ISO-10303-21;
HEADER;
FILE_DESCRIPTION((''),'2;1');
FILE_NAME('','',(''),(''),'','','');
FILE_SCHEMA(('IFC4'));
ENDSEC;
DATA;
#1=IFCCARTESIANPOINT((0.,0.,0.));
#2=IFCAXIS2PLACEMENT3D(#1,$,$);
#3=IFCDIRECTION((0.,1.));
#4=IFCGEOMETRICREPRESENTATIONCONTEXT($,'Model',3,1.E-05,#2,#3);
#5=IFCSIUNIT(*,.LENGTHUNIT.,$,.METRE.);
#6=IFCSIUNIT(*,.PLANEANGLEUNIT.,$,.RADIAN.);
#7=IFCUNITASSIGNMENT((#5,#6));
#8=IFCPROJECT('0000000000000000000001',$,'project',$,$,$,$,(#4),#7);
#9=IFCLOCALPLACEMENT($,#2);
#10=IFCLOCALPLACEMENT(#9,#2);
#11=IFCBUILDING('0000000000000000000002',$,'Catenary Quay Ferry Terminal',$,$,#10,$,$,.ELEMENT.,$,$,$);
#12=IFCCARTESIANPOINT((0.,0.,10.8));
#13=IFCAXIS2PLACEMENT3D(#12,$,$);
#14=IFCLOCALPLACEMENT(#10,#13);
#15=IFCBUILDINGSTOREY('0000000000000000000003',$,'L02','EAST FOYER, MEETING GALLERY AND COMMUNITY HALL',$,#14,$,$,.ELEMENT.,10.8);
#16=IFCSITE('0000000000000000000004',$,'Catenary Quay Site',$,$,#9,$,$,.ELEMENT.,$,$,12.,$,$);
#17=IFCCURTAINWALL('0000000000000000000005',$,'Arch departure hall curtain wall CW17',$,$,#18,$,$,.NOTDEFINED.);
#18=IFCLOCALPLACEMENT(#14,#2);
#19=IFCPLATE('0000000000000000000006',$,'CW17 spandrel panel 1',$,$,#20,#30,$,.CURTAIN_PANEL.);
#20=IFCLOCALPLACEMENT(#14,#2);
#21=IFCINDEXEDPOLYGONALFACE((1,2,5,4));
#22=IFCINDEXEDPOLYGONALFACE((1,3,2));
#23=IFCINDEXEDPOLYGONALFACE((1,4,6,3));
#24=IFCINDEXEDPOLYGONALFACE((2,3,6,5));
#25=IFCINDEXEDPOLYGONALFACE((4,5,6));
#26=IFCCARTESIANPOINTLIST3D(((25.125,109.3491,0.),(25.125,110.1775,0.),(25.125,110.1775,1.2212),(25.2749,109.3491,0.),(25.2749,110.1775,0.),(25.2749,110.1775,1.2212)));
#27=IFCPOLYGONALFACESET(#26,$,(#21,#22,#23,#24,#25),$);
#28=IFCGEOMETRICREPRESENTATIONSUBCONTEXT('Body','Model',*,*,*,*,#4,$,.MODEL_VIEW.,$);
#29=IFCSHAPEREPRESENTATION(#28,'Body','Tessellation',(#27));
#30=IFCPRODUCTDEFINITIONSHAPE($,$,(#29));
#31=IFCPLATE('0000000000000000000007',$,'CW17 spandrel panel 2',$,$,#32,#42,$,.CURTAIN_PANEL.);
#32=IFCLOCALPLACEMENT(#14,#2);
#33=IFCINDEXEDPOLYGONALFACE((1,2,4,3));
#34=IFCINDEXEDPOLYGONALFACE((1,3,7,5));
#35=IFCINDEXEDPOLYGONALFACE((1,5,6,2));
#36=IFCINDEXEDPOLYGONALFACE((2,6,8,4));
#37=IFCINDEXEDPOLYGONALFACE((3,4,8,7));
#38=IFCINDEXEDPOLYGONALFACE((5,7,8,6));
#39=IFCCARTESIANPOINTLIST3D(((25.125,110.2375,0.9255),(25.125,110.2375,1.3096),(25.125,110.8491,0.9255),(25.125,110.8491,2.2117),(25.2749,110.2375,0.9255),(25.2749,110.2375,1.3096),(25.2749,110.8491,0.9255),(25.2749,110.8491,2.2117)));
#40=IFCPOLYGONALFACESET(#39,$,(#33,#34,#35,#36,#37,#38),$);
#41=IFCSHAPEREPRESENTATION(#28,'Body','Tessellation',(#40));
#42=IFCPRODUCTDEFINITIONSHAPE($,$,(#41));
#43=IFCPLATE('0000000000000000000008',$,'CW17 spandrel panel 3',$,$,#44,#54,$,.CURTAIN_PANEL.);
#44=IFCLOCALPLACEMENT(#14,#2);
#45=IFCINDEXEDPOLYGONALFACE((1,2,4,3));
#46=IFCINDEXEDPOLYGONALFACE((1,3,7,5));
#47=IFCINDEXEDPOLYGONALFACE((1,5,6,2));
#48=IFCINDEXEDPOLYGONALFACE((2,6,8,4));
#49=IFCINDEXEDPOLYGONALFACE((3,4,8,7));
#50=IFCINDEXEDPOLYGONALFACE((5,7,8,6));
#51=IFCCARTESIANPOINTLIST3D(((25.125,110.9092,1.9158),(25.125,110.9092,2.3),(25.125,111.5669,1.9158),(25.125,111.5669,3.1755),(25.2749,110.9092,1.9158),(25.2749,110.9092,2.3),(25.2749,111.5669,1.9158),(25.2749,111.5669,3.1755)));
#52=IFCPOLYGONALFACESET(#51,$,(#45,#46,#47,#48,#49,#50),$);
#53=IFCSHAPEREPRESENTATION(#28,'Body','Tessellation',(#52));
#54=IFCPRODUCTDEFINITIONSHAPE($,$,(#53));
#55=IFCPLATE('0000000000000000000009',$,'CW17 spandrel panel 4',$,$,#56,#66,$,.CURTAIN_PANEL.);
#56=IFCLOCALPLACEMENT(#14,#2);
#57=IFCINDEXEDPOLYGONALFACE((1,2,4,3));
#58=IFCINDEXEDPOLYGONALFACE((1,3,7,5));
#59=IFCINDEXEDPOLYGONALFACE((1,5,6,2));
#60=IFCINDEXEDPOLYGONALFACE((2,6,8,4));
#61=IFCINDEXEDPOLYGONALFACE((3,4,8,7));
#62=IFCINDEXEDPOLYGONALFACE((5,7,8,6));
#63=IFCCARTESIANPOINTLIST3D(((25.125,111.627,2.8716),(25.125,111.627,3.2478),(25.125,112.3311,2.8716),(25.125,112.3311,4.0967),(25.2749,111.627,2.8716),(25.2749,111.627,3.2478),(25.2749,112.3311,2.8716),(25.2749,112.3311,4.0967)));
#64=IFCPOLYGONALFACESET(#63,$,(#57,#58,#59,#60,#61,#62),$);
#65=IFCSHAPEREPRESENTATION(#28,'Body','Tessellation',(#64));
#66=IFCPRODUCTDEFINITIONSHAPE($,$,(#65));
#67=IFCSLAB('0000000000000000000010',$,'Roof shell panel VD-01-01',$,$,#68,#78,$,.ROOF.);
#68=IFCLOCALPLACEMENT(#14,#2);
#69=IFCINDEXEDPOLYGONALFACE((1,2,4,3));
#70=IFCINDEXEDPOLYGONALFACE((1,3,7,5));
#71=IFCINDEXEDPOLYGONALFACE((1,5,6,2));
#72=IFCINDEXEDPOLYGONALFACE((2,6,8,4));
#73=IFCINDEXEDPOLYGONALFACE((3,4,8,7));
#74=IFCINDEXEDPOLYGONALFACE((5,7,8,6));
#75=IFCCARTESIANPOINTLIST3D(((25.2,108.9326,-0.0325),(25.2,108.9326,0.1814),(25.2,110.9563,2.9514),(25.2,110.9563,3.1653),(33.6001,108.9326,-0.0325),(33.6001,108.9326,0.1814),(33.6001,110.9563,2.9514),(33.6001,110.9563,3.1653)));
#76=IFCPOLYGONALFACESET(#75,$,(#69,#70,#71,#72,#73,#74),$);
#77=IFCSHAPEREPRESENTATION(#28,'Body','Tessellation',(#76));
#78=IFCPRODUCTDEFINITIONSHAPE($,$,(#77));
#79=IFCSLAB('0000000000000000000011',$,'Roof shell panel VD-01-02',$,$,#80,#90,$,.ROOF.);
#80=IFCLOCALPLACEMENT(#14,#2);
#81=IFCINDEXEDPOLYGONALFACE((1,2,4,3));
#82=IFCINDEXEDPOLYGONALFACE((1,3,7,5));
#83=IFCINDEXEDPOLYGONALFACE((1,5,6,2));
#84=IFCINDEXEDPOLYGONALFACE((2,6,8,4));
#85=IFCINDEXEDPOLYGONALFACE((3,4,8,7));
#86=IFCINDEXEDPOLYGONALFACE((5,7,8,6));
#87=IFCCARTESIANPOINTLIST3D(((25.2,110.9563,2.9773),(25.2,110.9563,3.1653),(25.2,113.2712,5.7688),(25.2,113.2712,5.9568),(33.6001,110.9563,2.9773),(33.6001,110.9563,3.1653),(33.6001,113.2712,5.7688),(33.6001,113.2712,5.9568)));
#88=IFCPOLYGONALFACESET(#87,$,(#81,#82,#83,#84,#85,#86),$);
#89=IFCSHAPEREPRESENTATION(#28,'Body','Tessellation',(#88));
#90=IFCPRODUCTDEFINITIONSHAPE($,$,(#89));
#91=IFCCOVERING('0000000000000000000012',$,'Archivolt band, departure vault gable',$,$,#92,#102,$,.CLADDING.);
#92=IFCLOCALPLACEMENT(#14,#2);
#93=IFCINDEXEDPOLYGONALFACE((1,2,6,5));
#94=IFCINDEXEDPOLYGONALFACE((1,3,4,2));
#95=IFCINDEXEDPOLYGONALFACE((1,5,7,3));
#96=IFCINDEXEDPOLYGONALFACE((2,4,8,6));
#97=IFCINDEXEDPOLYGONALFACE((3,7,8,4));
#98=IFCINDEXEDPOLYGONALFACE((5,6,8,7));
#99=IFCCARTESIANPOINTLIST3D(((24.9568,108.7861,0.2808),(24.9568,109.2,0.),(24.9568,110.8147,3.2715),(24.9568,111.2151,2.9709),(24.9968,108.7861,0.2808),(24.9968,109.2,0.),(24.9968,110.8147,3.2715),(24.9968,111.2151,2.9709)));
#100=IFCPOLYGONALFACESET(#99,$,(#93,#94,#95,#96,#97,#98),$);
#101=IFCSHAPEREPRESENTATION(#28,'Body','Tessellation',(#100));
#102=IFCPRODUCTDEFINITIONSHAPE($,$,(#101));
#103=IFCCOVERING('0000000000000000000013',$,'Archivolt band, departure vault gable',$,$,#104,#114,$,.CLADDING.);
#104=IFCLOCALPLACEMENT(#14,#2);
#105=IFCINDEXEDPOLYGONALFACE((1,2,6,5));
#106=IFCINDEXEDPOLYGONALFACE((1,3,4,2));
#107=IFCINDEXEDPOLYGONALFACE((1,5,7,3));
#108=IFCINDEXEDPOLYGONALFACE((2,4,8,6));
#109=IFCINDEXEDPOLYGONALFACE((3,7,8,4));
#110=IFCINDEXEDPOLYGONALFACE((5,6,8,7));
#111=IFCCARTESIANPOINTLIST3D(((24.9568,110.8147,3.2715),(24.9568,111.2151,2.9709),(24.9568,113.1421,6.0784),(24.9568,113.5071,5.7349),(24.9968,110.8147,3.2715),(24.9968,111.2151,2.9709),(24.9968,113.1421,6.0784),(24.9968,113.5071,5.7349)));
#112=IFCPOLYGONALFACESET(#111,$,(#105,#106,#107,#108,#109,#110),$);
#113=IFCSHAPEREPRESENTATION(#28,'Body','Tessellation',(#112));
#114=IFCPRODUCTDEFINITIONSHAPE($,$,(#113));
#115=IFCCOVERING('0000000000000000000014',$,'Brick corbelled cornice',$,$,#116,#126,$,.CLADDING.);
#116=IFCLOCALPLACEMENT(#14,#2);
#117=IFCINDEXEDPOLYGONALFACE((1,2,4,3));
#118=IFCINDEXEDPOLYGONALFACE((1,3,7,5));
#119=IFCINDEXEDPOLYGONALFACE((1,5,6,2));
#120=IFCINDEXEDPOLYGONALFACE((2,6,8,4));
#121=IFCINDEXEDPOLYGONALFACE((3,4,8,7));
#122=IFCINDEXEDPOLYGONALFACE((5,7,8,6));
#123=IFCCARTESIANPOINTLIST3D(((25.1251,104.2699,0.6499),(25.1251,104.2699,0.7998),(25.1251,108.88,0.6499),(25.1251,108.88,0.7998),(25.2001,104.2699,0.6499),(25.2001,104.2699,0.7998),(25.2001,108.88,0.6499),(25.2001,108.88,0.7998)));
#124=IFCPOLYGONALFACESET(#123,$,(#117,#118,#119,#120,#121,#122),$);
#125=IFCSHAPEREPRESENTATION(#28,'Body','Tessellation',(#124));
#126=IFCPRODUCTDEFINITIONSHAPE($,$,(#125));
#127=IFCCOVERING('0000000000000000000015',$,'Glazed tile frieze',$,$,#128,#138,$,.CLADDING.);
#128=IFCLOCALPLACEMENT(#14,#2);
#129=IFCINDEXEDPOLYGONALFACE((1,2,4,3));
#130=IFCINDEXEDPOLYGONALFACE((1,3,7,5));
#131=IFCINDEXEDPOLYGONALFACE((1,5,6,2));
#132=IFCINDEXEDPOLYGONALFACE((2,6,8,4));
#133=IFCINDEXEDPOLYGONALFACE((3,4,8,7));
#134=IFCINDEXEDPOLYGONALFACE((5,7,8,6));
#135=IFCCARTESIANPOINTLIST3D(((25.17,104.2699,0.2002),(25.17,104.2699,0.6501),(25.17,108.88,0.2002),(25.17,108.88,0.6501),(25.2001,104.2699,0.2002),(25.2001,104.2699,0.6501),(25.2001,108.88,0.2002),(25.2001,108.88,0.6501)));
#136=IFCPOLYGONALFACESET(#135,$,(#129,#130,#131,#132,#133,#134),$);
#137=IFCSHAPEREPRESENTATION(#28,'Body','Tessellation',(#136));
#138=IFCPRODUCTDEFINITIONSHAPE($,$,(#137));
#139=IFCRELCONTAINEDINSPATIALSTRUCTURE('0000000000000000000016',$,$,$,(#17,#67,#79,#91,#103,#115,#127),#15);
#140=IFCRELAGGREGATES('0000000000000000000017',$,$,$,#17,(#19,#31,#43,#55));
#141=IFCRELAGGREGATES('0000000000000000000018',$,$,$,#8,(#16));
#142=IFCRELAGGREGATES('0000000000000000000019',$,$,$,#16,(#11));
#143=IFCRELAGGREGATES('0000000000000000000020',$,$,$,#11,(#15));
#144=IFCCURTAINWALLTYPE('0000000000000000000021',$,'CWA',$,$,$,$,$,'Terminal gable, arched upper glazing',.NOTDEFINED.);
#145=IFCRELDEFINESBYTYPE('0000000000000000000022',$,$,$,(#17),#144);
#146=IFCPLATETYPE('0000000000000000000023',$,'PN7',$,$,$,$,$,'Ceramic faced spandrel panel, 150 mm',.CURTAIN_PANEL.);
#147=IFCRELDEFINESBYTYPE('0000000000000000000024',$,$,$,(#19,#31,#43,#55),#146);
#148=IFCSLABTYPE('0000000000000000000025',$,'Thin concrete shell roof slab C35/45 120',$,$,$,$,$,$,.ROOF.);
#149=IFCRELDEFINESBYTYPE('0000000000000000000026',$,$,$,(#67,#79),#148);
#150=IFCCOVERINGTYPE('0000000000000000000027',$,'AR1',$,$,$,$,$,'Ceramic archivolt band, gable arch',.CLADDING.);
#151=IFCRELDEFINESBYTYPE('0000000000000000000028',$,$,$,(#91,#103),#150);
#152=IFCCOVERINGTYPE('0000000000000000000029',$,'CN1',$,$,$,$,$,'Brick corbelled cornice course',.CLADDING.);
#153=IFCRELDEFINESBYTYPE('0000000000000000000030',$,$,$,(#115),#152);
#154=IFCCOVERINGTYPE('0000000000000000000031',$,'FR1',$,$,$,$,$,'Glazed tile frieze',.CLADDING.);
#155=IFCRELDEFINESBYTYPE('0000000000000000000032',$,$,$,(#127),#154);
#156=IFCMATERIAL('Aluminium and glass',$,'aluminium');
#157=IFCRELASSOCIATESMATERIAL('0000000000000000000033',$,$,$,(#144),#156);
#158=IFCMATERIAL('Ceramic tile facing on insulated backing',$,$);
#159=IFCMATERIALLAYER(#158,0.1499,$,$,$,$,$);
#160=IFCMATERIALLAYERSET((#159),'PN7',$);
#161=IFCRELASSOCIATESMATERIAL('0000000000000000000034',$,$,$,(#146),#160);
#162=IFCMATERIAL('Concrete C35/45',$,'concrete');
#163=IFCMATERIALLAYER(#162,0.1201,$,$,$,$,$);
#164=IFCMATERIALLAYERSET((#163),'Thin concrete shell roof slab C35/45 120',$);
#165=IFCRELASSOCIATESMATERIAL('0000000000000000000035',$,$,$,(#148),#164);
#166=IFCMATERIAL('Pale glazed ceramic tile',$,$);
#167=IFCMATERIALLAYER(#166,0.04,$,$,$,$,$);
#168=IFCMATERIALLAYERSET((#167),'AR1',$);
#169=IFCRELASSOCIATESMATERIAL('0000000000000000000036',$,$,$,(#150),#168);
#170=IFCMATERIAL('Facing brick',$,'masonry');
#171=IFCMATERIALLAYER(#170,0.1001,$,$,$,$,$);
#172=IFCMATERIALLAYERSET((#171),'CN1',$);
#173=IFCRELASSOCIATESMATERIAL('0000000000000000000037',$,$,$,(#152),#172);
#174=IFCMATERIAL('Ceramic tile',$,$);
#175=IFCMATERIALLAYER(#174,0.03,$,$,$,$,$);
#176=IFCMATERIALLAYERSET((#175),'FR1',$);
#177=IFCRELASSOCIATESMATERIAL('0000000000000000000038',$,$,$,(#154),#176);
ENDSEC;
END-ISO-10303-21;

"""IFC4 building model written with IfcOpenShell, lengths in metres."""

from ifc_helpers import new_model, si_unit, direction, frame, origin, origin_2d, place, context, subcontext, project, spatial, polyline, rectangle, outline, extrude, material, layer, layer_set, type_object, element, aggregate, save


model = new_model("IFC4")

# Units and contexts
model_context = context("Model", 3, precision=1e-05, world=origin(), true_north=direction((0.0, 1.0)))
body_context = subcontext(model_context, "Body", "Model", "MODEL_VIEW")
ifc_project = project(units=[si_unit("LENGTHUNIT", "METRE"), si_unit("PLANEANGLEUNIT", "RADIAN")], contexts=[model_context])

# Site, building, storey
site_placement = place(None, origin())
site = spatial("IfcSite", under=ifc_project, at=site_placement, Name="Catenary Quay Site", CompositionType="ELEMENT", RefElevation=12.0)
building_placement = place(site_placement, origin())
building = spatial("IfcBuilding", under=site, at=building_placement, Name="Catenary Quay Ferry Terminal", CompositionType="ELEMENT")
storey_placement = place(building_placement, frame((0.0, 0.0, 10.8)))
storey = spatial("IfcBuildingStorey", under=building, at=storey_placement, Name="L02", Description="EAST FOYER, MEETING GALLERY AND COMMUNITY HALL", CompositionType="ELEMENT", Elevation=10.8)

# Curtain wall
ifc_material_1 = material(Name="Aluminium and glass", Category="aluminium")
curtain_wall_type = type_object("IfcCurtainWallType", Name="CWA", ElementType="Terminal gable, arched upper glazing", PredefinedType="NOTDEFINED", material=ifc_material_1)
curtain_wall_placement = place(storey_placement, origin())
curtain_wall = element("IfcCurtainWall", 1, at=curtain_wall_placement, inside=storey, type_object=curtain_wall_type, Name="Arch departure hall curtain wall CW17", PredefinedType="NOTDEFINED")

# Plates
ifc_material_2 = material(Name="Ceramic tile facing on insulated backing")
ifc_layer_1 = layer(ifc_material_2, 0.1499)
ifc_layer_set_1 = layer_set([ifc_layer_1], Name="PN7")
plate_type_1 = type_object("IfcPlateType", Name="PN7", ElementType="Ceramic faced spandrel panel, 150 mm", PredefinedType="CURTAIN_PANEL", material=ifc_layer_set_1)
plate_1_placement = place(storey_placement, frame((25.2, 109.3491, 0.0), z_axis=(0.0, 0.0, 1.0), x_axis=(0.0, 1.0, 0.0)))
plate_1 = element("IfcPlate", 2, at=plate_1_placement, type_object=plate_type_1, Name="CW17 spandrel panel 1", PredefinedType="CURTAIN_PANEL", context=body_context, shape_type="SweptSolid", body=[
    extrude(outline(polyline([(0.0, 0.0), (0.8284, 0.0), (0.8284, 1.2212), (0.0, 0.0)])), frame((0.0, 0.075, 0.0), z_axis=(0.0, -1.0, 0.0), x_axis=(1.0, 0.0, 0.0)), (0.0, 0.0, 1.0), 0.1499),
])
plate_2_placement = place(storey_placement, frame((25.2, 110.2375, 0.9255), z_axis=(0.0, 0.0, 1.0), x_axis=(0.0, 1.0, 0.0)))
plate_2 = element("IfcPlate", 3, at=plate_2_placement, type_object=plate_type_1, Name="CW17 spandrel panel 2", PredefinedType="CURTAIN_PANEL", context=body_context, shape_type="SweptSolid", body=[
    extrude(outline(polyline([(0.0, 0.0), (0.6116, 0.0), (0.6116, 1.2861), (0.0, 0.384), (0.0, 0.0)])), frame((0.0, 0.075, 0.0), z_axis=(0.0, -1.0, 0.0), x_axis=(1.0, 0.0, 0.0)), (0.0, 0.0, 1.0), 0.1499),
])
plate_3_placement = place(storey_placement, frame((25.2, 110.9092, 1.9158), z_axis=(0.0, 0.0, 1.0), x_axis=(0.0, 1.0, 0.0)))
plate_3 = element("IfcPlate", 4, at=plate_3_placement, type_object=plate_type_1, Name="CW17 spandrel panel 3", PredefinedType="CURTAIN_PANEL", context=body_context, shape_type="SweptSolid", body=[
    extrude(outline(polyline([(0.0, 0.0), (0.6577, 0.0), (0.6577, 1.2598), (0.0, 0.3843), (0.0, 0.0)])), frame((0.0, 0.075, 0.0), z_axis=(0.0, -1.0, 0.0), x_axis=(1.0, 0.0, 0.0)), (0.0, 0.0, 1.0), 0.1499),
])
plate_4_placement = place(storey_placement, frame((25.2, 111.627, 2.8716), z_axis=(0.0, 0.0, 1.0), x_axis=(0.0, 1.0, 0.0)))
plate_4 = element("IfcPlate", 5, at=plate_4_placement, type_object=plate_type_1, Name="CW17 spandrel panel 4", PredefinedType="CURTAIN_PANEL", context=body_context, shape_type="SweptSolid", body=[
    extrude(outline(polyline([(0.0, 0.0), (0.7041, 0.0), (0.7041, 1.2251), (0.0, 0.3762), (0.0, 0.0)])), frame((0.0, 0.075, 0.0), z_axis=(0.0, -1.0, 0.0), x_axis=(1.0, 0.0, 0.0)), (0.0, 0.0, 1.0), 0.1499),
])
aggregate(curtain_wall, [plate_1, plate_2, plate_3, plate_4])

# Slabs
ifc_material_3 = material(Name="Concrete C35/45", Category="concrete")
ifc_layer_2 = layer(ifc_material_3, 0.1201)
ifc_layer_set_2 = layer_set([ifc_layer_2], Name="Thin concrete shell roof slab C35/45 120")
slab_type = type_object("IfcSlabType", Name="Thin concrete shell roof slab C35/45 120", PredefinedType="ROOF", material=ifc_layer_set_2)
slab_1_placement = place(storey_placement, frame((25.2, 108.9326, 0.1814), z_axis=(0.0, -0.827617, 0.561293), x_axis=(1.0, 0.0, 0.0)))
element("IfcSlab", 6, at=slab_1_placement, inside=storey, type_object=slab_type, Name="Roof shell panel VD-01-01", PredefinedType="ROOF", context=body_context, shape_type="SweptSolid", body=[
    extrude(outline(polyline([(0.0, 0.0), (8.4001, 0.0), (8.4001, 3.6054), (0.0, 3.6054), (0.0, 0.0)])), origin(), (0.0, -0.827617, -0.561293), 0.2139),
])
slab_2_placement = place(storey_placement, frame((25.2, 110.9563, 3.1653), z_axis=(0.0, -0.769753, 0.638342), x_axis=(1.0, 0.0, 0.0)))
element("IfcSlab", 7, at=slab_2_placement, inside=storey, type_object=slab_type, Name="Roof shell panel VD-01-02", PredefinedType="ROOF", context=body_context, shape_type="SweptSolid", body=[
    extrude(outline(polyline([(0.0, 0.0), (8.4001, 0.0), (8.4001, 3.6265), (0.0, 3.6265), (0.0, 0.0)])), origin(), (0.0, -0.769753, -0.638342), 0.188),
])

# Coverings
ifc_material_4 = material(Name="Pale glazed ceramic tile")
ifc_layer_3 = layer(ifc_material_4, 0.04)
ifc_layer_set_3 = layer_set([ifc_layer_3], Name="AR1")
covering_type_1 = type_object("IfcCoveringType", Name="AR1", ElementType="Ceramic archivolt band, gable arch", PredefinedType="CLADDING", material=ifc_layer_set_3)
covering_1_placement = place(storey_placement, frame((24.9968, 109.2, 0.0), z_axis=(1.0, 0.0, 0.0), x_axis=(0.0, 0.561337, 0.827587)))
element("IfcCovering", 8, at=covering_1_placement, inside=storey, type_object=covering_type_1, Name="Archivolt band, departure vault gable", PredefinedType="CLADDING", context=body_context, shape_type="SweptSolid", body=[
    extrude(outline(polyline([(0.0, 0.0), (3.5899, 0.0), (3.6139, 0.5001), (0.0001, 0.5001), (0.0, 0.0)])), origin(), (0.0, 0.0, -1.0), 0.04),
])
covering_2_placement = place(storey_placement, frame((24.9968, 111.2151, 2.9709), z_axis=(1.0, 0.0, 0.0), x_axis=(0.0, 0.63833, 0.769763)))
element("IfcCovering", 9, at=covering_2_placement, inside=storey, type_object=covering_type_1, Name="Archivolt band, departure vault gable", PredefinedType="CLADDING", context=body_context, shape_type="SweptSolid", body=[
    extrude(outline(polyline([(0.0, 0.0), (3.5906, 0.0), (3.622, 0.5002), (-0.0242, 0.5), (0.0, 0.0)])), origin(), (0.0, 0.0, -1.0), 0.04),
])
ifc_material_5 = material(Name="Facing brick", Category="masonry")
ifc_layer_4 = layer(ifc_material_5, 0.1001)
ifc_layer_set_4 = layer_set([ifc_layer_4], Name="CN1")
covering_type_2 = type_object("IfcCoveringType", Name="CN1", ElementType="Brick corbelled cornice course", PredefinedType="CLADDING", material=ifc_layer_set_4)
covering_3_placement = place(storey_placement, frame((25.1626, 106.575, 0.6499), z_axis=(0.0, 0.0, 1.0), x_axis=(1.0, 0.0, 0.0)))
element("IfcCovering", 10, at=covering_3_placement, inside=storey, type_object=covering_type_2, Name="Brick corbelled cornice", PredefinedType="CLADDING", context=body_context, shape_type="SweptSolid", body=[
    extrude(rectangle(XDim=0.075, YDim=4.6101, at=origin_2d()), origin(), (0.0, 0.0, 1.0), 0.1499),
])
ifc_material_6 = material(Name="Ceramic tile")
ifc_layer_5 = layer(ifc_material_6, 0.03)
ifc_layer_set_5 = layer_set([ifc_layer_5], Name="FR1")
covering_type_3 = type_object("IfcCoveringType", Name="FR1", ElementType="Glazed tile frieze", PredefinedType="CLADDING", material=ifc_layer_set_5)
covering_4_placement = place(storey_placement, frame((25.1851, 106.575, 0.2002), z_axis=(0.0, 0.0, 1.0), x_axis=(1.0, 0.0, 0.0)))
element("IfcCovering", 11, at=covering_4_placement, inside=storey, type_object=covering_type_3, Name="Glazed tile frieze", PredefinedType="CLADDING", context=body_context, shape_type="SweptSolid", body=[
    extrude(rectangle(XDim=0.03, YDim=4.6101, at=origin_2d()), origin(), (0.0, 0.0, 1.0), 0.45),
])

save(model, "model.ifc")
